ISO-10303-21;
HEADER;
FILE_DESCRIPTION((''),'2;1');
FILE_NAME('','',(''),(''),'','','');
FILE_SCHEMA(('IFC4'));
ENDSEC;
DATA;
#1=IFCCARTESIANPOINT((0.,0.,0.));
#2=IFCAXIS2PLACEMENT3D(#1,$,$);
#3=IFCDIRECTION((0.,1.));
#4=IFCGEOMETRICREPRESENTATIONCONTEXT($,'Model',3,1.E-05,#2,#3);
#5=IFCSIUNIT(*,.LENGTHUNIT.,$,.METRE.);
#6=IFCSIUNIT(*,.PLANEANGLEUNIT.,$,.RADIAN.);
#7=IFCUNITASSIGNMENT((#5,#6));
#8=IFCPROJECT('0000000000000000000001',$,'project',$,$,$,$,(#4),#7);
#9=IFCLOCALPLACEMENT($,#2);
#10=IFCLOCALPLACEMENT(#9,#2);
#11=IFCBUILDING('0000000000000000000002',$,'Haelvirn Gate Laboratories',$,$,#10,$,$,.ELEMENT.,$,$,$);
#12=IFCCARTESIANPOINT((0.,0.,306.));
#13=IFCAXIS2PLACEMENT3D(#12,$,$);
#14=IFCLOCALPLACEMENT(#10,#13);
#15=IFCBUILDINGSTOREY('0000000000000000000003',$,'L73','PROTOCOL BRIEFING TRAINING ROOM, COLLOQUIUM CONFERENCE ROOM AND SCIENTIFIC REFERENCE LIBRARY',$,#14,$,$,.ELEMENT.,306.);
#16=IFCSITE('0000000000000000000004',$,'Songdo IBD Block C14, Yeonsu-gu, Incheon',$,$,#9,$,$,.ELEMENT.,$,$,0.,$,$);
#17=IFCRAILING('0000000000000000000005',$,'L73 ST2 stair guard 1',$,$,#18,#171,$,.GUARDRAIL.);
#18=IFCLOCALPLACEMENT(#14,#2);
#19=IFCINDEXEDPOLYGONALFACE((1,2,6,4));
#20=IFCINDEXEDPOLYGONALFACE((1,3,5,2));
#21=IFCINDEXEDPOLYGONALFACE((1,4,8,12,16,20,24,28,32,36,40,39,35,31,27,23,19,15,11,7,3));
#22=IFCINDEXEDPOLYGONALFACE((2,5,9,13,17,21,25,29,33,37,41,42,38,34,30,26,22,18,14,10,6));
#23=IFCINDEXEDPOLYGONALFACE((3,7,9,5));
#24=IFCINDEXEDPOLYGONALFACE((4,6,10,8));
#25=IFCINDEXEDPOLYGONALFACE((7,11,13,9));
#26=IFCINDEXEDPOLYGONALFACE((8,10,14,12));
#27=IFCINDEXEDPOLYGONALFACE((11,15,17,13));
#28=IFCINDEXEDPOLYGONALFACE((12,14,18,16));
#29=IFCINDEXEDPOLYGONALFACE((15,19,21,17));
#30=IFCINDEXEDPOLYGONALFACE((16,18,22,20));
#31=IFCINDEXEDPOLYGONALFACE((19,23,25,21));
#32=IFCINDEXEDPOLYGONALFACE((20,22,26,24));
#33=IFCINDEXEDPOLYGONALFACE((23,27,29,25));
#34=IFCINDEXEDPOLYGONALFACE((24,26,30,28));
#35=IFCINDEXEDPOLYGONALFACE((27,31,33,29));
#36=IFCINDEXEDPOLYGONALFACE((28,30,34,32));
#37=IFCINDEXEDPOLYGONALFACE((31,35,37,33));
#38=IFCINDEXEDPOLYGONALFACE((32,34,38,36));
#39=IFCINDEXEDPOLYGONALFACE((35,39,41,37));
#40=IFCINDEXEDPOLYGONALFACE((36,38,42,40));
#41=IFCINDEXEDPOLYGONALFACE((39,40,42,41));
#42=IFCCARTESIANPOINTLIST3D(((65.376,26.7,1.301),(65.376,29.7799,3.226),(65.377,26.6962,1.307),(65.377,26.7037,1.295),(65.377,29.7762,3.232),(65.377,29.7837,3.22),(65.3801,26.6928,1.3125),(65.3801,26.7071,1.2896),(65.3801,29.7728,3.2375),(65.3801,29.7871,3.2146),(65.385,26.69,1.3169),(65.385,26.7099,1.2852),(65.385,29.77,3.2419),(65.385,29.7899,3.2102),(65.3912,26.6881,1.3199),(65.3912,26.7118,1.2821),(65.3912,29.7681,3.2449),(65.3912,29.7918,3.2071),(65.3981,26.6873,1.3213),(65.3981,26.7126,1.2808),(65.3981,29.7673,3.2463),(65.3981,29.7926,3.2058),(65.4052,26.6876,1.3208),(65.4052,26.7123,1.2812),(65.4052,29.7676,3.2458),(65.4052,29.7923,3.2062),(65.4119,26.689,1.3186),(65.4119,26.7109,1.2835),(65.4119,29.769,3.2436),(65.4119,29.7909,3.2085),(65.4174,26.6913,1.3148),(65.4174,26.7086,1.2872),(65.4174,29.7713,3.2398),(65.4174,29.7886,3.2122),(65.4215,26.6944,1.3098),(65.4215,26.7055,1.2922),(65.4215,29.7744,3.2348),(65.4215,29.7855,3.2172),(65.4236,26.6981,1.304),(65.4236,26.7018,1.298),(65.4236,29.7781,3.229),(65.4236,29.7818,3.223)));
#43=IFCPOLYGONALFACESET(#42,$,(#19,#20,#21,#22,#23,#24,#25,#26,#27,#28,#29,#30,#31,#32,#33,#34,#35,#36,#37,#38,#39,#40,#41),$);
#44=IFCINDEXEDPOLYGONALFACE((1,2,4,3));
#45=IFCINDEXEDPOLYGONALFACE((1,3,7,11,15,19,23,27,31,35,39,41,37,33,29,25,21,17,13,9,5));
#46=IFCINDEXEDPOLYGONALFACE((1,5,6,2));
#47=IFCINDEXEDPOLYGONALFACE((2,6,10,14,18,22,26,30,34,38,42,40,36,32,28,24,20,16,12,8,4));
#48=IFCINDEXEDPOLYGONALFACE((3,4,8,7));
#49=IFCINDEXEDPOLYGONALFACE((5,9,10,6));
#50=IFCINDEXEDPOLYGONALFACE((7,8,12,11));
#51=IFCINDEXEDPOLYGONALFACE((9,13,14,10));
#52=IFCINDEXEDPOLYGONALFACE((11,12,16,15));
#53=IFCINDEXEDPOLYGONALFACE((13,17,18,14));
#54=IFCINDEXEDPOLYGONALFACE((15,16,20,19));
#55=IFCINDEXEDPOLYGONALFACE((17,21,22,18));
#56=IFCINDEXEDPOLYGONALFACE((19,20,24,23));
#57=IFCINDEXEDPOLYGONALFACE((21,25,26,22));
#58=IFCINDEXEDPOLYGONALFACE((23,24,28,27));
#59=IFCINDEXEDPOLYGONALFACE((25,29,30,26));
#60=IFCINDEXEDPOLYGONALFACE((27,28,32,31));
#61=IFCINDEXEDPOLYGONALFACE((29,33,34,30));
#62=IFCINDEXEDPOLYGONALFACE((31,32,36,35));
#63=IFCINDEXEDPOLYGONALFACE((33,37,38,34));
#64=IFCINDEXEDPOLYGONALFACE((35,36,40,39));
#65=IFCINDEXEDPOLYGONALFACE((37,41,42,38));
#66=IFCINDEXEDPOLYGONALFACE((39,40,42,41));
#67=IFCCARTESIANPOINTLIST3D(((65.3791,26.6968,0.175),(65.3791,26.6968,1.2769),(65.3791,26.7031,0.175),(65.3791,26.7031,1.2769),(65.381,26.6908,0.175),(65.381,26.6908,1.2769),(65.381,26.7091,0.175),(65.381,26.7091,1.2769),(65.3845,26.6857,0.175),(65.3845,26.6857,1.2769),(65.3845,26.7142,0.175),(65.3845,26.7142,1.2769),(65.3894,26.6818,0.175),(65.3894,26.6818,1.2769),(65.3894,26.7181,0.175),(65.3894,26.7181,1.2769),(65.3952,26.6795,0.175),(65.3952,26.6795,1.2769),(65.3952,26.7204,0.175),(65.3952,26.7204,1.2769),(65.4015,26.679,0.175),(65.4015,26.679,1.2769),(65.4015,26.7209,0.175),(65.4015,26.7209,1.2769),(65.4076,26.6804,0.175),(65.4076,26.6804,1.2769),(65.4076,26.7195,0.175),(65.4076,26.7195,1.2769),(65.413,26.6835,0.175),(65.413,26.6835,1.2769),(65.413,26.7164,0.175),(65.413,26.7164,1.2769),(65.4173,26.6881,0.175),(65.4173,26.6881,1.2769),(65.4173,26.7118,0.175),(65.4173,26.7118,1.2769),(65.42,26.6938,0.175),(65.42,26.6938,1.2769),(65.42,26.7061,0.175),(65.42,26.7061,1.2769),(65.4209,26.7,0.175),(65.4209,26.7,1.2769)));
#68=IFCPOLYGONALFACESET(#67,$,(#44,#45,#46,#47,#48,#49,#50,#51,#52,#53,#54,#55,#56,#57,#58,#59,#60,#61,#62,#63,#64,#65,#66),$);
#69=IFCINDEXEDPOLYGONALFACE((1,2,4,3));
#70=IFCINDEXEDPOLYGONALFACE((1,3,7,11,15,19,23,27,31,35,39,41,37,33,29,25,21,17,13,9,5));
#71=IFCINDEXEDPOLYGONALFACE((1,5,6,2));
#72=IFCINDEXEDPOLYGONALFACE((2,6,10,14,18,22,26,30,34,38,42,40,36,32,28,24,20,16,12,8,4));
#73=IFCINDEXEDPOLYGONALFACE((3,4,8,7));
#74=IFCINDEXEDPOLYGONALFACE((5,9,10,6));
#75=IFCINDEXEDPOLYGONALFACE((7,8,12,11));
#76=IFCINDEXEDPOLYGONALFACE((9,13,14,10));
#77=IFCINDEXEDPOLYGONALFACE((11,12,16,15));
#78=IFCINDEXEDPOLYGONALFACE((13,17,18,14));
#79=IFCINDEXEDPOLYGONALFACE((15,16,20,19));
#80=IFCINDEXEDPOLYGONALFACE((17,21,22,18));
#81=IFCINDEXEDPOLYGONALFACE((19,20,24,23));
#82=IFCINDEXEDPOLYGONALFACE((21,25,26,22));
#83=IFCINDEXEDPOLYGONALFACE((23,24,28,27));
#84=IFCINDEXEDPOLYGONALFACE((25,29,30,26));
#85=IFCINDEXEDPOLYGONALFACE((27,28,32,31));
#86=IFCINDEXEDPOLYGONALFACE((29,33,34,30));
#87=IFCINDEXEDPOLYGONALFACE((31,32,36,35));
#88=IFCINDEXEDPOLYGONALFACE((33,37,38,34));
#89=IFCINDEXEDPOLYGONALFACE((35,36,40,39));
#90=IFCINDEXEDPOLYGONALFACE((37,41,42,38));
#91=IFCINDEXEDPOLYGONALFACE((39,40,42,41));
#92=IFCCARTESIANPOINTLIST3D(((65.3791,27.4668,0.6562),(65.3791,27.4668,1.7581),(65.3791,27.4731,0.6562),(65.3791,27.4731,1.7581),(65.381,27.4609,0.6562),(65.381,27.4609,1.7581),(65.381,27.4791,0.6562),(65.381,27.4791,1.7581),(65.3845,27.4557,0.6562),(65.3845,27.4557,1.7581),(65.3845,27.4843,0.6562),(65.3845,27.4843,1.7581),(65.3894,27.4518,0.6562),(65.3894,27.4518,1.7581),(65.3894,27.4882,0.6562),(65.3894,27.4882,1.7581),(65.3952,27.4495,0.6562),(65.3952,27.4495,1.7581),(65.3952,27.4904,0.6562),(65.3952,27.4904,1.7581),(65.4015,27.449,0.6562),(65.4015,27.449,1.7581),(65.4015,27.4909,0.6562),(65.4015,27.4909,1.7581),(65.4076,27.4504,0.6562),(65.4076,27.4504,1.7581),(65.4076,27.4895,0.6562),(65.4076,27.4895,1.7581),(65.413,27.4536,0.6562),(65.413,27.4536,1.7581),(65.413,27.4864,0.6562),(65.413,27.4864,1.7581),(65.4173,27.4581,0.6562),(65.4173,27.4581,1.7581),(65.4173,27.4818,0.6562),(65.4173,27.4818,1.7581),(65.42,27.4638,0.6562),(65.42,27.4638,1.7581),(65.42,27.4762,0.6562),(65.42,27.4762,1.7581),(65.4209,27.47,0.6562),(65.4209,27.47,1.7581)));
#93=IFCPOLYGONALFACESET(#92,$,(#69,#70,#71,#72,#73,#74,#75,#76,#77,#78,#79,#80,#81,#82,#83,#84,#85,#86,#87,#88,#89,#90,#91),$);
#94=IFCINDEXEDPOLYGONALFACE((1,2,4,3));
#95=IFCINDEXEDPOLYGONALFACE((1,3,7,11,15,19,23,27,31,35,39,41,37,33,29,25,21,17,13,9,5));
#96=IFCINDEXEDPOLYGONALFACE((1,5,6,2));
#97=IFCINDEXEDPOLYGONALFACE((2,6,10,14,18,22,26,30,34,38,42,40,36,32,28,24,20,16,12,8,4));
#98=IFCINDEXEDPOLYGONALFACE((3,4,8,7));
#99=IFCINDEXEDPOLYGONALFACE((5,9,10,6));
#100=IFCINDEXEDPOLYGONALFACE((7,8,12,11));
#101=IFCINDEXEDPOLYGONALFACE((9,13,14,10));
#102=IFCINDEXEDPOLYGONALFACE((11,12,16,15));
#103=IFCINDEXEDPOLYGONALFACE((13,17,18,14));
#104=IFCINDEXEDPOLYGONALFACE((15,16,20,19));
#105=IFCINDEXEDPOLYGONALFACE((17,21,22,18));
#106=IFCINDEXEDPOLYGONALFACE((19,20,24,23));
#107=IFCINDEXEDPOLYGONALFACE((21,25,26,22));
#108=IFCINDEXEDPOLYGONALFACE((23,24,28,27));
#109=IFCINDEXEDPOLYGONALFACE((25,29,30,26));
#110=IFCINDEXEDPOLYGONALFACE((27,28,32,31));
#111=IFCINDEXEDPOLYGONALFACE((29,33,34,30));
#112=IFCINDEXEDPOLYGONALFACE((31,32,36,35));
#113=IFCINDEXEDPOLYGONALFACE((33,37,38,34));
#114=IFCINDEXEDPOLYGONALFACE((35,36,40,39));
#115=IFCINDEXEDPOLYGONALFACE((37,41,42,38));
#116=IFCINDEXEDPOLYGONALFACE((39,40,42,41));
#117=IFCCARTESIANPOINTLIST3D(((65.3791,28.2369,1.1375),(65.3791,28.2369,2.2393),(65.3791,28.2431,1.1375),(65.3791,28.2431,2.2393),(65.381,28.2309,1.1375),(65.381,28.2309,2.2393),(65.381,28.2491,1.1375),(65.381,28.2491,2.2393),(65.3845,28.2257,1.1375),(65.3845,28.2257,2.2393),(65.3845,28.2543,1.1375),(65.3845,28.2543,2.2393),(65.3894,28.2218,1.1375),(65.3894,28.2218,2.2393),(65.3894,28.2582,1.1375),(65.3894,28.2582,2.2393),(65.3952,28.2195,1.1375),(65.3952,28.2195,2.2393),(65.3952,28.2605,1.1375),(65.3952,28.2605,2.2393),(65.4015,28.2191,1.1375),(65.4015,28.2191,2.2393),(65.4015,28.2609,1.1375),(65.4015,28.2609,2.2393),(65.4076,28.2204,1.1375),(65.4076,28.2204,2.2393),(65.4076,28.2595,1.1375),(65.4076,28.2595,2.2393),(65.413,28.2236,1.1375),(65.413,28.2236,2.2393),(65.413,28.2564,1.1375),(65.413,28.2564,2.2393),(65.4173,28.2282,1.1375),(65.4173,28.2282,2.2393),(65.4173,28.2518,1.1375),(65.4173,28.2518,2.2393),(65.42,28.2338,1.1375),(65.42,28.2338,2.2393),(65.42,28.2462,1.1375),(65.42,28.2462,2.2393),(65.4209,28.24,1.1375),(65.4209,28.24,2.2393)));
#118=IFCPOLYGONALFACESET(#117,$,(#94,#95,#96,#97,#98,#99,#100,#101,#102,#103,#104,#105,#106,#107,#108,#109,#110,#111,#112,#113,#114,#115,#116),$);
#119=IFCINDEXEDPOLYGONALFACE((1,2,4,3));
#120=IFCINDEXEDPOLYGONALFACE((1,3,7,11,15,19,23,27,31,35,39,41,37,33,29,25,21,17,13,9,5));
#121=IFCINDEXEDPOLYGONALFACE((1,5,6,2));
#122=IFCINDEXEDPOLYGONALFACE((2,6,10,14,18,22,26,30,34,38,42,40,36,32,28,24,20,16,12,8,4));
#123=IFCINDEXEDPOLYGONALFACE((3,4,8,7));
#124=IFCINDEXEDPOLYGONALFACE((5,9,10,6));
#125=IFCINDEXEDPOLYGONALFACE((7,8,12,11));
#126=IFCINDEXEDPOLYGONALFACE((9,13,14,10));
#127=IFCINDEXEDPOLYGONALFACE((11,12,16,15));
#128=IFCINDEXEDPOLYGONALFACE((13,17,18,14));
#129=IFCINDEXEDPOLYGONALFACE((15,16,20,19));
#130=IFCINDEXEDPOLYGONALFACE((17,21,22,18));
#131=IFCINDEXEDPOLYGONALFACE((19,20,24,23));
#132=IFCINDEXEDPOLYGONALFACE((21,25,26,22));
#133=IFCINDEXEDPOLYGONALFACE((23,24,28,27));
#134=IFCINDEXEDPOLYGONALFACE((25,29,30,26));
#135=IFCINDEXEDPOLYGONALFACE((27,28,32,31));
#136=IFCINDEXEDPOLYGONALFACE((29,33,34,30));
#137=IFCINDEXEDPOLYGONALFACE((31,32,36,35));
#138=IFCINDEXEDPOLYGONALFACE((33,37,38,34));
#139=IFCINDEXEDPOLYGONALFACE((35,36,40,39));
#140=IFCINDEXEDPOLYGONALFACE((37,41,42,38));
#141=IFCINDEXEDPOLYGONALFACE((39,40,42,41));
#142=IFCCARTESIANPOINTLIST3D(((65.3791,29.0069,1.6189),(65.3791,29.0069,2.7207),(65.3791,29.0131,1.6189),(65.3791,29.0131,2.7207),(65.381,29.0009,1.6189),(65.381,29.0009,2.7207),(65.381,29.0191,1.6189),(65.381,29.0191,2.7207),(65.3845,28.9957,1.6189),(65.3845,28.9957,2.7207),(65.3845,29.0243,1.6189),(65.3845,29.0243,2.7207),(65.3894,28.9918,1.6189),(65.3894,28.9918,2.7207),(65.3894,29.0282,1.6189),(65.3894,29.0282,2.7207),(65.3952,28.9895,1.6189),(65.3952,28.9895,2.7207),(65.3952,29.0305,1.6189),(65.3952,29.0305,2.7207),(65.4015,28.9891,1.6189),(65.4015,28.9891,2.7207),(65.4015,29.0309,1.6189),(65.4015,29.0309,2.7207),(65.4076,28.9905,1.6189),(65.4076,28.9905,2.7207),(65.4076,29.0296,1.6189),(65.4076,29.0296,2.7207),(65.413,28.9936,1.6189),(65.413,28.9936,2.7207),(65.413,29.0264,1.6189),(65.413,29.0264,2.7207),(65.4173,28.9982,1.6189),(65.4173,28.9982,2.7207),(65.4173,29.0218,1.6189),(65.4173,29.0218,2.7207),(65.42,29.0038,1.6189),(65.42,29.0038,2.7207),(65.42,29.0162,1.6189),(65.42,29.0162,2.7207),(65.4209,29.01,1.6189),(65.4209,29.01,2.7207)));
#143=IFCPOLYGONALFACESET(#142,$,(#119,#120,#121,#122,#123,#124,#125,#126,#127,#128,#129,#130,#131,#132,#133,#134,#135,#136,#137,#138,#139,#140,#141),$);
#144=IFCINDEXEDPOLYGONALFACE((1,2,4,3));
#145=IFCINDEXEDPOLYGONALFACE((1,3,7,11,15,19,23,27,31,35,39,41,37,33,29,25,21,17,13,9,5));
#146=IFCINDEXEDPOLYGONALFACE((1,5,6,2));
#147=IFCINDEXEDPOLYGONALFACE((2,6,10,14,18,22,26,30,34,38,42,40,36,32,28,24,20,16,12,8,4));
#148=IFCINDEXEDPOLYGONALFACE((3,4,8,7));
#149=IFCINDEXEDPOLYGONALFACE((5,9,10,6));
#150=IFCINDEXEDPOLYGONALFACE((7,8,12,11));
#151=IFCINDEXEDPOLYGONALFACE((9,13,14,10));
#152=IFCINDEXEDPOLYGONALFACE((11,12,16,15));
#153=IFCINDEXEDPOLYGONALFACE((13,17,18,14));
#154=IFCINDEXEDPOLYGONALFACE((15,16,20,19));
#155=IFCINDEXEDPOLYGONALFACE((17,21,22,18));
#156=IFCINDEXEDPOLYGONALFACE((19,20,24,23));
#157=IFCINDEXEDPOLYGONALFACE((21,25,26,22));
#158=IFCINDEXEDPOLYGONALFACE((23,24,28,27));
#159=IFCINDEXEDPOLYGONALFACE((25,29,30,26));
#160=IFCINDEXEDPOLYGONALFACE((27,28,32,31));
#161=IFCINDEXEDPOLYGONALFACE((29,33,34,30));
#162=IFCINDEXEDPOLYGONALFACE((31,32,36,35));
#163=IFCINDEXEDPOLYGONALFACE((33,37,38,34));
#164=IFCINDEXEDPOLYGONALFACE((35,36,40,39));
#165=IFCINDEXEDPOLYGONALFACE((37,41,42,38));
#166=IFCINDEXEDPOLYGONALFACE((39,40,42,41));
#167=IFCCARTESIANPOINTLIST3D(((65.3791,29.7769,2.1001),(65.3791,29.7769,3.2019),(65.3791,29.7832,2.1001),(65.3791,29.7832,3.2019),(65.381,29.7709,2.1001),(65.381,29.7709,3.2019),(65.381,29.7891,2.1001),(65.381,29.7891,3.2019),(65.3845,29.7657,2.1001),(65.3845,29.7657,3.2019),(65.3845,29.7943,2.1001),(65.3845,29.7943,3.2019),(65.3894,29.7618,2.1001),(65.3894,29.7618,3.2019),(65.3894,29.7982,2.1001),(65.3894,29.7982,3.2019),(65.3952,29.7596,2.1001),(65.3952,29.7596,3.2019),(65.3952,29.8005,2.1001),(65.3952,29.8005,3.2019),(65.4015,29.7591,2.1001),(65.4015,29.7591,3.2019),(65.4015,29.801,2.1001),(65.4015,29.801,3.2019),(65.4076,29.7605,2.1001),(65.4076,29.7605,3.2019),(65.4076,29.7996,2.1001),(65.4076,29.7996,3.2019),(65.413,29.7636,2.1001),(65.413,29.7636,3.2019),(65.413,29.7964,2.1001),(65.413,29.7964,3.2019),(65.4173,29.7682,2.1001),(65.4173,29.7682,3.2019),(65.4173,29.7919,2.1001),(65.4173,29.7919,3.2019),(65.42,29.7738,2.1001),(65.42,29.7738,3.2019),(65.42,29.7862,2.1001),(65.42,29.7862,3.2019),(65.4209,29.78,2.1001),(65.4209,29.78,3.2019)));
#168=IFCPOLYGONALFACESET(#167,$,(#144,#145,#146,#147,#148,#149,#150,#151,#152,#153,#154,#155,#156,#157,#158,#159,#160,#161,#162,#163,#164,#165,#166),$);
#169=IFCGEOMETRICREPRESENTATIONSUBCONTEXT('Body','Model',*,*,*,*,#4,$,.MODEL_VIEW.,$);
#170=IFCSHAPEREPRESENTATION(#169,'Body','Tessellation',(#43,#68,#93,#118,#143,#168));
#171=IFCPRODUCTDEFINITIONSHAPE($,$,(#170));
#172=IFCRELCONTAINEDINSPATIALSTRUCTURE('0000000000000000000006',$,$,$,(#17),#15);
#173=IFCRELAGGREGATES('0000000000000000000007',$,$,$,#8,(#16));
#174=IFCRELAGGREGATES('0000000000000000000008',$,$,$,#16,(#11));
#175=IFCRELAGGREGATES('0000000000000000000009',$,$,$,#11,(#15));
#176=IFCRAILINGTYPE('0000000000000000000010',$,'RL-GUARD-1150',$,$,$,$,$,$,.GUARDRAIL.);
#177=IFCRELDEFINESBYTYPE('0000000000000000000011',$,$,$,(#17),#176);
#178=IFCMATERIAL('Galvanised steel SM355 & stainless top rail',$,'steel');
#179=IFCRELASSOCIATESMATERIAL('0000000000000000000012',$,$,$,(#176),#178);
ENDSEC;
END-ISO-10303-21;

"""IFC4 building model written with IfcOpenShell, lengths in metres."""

from ifc_helpers import new_model, si_unit, direction, frame, origin, origin_2d, place, context, subcontext, project, spatial, circle, extrude, source, transform, mapped, material, type_object, element, save


model = new_model("IFC4")

# Units and contexts
model_context = context("Model", 3, precision=1e-05, world=origin(), true_north=direction((0.0, 1.0)))
body_context = subcontext(model_context, "Body", "Model", "MODEL_VIEW")
ifc_project = project(units=[si_unit("LENGTHUNIT", "METRE"), si_unit("PLANEANGLEUNIT", "RADIAN")], contexts=[model_context])

# Site, building, storey
site_placement = place(None, origin())
site = spatial("IfcSite", under=ifc_project, at=site_placement, Name="Songdo IBD Block C14, Yeonsu-gu, Incheon", CompositionType="ELEMENT", RefElevation=0.0)
building_placement = place(site_placement, origin())
building = spatial("IfcBuilding", under=site, at=building_placement, Name="Haelvirn Gate Laboratories", CompositionType="ELEMENT")
storey_placement = place(building_placement, frame((0.0, 0.0, 306.0)))
storey = spatial("IfcBuildingStorey", under=building, at=storey_placement, Name="L73", Description="PROTOCOL BRIEFING TRAINING ROOM, COLLOQUIUM CONFERENCE ROOM AND SCIENTIFIC REFERENCE LIBRARY", CompositionType="ELEMENT", Elevation=306.0)

# Railing
ifc_material_1 = material(Name="Galvanised steel SM355 & stainless top rail", Category="steel")
railing_type_1 = type_object("IfcRailingType", Name="RL-GUARD-1150", PredefinedType="GUARDRAIL", material=ifc_material_1)
shared_shape_1 = source(origin(), body_context, "Body", "SweptSolid", [
    extrude(circle(Radius=0.0239, at=origin_2d()), frame((0.0, 0.0, 1.126), z_axis=(0.0, 0.847998, 0.529999), x_axis=(-1.0, 0.0, 0.0)), (0.0, 0.0, 1.0), 3.6321),
    extrude(circle(Radius=0.021, at=origin_2d()), origin(), (0.0, 0.0, 1.0), 1.1018),
    extrude(circle(Radius=0.021, at=origin_2d()), frame((0.0, 0.77, 0.4812)), (0.0, 0.0, 1.0), 1.1018),
    extrude(circle(Radius=0.021, at=origin_2d()), frame((0.0, 1.54, 0.9624)), (0.0, 0.0, 1.0), 1.1018),
    extrude(circle(Radius=0.021, at=origin_2d()), frame((0.0, 2.3101, 1.4438)), (0.0, 0.0, 1.0), 1.1018),
    extrude(circle(Radius=0.021, at=origin_2d()), frame((0.0, 3.0801, 1.925)), (0.0, 0.0, 1.0), 1.1018),
])
railing_1_placement = place(storey_placement, frame((65.3999, 26.7, 0.175)))
element("IfcRailing", 1, at=railing_1_placement, inside=storey, type_object=railing_type_1, Name="L73 ST2 stair guard 1", PredefinedType="GUARDRAIL", context=body_context, shape_type="MappedRepresentation", body=[
    mapped(shared_shape_1, transform((0.0, 0.0, 0.0), scale=1.0)),
])

save(model, "model.ifc")
